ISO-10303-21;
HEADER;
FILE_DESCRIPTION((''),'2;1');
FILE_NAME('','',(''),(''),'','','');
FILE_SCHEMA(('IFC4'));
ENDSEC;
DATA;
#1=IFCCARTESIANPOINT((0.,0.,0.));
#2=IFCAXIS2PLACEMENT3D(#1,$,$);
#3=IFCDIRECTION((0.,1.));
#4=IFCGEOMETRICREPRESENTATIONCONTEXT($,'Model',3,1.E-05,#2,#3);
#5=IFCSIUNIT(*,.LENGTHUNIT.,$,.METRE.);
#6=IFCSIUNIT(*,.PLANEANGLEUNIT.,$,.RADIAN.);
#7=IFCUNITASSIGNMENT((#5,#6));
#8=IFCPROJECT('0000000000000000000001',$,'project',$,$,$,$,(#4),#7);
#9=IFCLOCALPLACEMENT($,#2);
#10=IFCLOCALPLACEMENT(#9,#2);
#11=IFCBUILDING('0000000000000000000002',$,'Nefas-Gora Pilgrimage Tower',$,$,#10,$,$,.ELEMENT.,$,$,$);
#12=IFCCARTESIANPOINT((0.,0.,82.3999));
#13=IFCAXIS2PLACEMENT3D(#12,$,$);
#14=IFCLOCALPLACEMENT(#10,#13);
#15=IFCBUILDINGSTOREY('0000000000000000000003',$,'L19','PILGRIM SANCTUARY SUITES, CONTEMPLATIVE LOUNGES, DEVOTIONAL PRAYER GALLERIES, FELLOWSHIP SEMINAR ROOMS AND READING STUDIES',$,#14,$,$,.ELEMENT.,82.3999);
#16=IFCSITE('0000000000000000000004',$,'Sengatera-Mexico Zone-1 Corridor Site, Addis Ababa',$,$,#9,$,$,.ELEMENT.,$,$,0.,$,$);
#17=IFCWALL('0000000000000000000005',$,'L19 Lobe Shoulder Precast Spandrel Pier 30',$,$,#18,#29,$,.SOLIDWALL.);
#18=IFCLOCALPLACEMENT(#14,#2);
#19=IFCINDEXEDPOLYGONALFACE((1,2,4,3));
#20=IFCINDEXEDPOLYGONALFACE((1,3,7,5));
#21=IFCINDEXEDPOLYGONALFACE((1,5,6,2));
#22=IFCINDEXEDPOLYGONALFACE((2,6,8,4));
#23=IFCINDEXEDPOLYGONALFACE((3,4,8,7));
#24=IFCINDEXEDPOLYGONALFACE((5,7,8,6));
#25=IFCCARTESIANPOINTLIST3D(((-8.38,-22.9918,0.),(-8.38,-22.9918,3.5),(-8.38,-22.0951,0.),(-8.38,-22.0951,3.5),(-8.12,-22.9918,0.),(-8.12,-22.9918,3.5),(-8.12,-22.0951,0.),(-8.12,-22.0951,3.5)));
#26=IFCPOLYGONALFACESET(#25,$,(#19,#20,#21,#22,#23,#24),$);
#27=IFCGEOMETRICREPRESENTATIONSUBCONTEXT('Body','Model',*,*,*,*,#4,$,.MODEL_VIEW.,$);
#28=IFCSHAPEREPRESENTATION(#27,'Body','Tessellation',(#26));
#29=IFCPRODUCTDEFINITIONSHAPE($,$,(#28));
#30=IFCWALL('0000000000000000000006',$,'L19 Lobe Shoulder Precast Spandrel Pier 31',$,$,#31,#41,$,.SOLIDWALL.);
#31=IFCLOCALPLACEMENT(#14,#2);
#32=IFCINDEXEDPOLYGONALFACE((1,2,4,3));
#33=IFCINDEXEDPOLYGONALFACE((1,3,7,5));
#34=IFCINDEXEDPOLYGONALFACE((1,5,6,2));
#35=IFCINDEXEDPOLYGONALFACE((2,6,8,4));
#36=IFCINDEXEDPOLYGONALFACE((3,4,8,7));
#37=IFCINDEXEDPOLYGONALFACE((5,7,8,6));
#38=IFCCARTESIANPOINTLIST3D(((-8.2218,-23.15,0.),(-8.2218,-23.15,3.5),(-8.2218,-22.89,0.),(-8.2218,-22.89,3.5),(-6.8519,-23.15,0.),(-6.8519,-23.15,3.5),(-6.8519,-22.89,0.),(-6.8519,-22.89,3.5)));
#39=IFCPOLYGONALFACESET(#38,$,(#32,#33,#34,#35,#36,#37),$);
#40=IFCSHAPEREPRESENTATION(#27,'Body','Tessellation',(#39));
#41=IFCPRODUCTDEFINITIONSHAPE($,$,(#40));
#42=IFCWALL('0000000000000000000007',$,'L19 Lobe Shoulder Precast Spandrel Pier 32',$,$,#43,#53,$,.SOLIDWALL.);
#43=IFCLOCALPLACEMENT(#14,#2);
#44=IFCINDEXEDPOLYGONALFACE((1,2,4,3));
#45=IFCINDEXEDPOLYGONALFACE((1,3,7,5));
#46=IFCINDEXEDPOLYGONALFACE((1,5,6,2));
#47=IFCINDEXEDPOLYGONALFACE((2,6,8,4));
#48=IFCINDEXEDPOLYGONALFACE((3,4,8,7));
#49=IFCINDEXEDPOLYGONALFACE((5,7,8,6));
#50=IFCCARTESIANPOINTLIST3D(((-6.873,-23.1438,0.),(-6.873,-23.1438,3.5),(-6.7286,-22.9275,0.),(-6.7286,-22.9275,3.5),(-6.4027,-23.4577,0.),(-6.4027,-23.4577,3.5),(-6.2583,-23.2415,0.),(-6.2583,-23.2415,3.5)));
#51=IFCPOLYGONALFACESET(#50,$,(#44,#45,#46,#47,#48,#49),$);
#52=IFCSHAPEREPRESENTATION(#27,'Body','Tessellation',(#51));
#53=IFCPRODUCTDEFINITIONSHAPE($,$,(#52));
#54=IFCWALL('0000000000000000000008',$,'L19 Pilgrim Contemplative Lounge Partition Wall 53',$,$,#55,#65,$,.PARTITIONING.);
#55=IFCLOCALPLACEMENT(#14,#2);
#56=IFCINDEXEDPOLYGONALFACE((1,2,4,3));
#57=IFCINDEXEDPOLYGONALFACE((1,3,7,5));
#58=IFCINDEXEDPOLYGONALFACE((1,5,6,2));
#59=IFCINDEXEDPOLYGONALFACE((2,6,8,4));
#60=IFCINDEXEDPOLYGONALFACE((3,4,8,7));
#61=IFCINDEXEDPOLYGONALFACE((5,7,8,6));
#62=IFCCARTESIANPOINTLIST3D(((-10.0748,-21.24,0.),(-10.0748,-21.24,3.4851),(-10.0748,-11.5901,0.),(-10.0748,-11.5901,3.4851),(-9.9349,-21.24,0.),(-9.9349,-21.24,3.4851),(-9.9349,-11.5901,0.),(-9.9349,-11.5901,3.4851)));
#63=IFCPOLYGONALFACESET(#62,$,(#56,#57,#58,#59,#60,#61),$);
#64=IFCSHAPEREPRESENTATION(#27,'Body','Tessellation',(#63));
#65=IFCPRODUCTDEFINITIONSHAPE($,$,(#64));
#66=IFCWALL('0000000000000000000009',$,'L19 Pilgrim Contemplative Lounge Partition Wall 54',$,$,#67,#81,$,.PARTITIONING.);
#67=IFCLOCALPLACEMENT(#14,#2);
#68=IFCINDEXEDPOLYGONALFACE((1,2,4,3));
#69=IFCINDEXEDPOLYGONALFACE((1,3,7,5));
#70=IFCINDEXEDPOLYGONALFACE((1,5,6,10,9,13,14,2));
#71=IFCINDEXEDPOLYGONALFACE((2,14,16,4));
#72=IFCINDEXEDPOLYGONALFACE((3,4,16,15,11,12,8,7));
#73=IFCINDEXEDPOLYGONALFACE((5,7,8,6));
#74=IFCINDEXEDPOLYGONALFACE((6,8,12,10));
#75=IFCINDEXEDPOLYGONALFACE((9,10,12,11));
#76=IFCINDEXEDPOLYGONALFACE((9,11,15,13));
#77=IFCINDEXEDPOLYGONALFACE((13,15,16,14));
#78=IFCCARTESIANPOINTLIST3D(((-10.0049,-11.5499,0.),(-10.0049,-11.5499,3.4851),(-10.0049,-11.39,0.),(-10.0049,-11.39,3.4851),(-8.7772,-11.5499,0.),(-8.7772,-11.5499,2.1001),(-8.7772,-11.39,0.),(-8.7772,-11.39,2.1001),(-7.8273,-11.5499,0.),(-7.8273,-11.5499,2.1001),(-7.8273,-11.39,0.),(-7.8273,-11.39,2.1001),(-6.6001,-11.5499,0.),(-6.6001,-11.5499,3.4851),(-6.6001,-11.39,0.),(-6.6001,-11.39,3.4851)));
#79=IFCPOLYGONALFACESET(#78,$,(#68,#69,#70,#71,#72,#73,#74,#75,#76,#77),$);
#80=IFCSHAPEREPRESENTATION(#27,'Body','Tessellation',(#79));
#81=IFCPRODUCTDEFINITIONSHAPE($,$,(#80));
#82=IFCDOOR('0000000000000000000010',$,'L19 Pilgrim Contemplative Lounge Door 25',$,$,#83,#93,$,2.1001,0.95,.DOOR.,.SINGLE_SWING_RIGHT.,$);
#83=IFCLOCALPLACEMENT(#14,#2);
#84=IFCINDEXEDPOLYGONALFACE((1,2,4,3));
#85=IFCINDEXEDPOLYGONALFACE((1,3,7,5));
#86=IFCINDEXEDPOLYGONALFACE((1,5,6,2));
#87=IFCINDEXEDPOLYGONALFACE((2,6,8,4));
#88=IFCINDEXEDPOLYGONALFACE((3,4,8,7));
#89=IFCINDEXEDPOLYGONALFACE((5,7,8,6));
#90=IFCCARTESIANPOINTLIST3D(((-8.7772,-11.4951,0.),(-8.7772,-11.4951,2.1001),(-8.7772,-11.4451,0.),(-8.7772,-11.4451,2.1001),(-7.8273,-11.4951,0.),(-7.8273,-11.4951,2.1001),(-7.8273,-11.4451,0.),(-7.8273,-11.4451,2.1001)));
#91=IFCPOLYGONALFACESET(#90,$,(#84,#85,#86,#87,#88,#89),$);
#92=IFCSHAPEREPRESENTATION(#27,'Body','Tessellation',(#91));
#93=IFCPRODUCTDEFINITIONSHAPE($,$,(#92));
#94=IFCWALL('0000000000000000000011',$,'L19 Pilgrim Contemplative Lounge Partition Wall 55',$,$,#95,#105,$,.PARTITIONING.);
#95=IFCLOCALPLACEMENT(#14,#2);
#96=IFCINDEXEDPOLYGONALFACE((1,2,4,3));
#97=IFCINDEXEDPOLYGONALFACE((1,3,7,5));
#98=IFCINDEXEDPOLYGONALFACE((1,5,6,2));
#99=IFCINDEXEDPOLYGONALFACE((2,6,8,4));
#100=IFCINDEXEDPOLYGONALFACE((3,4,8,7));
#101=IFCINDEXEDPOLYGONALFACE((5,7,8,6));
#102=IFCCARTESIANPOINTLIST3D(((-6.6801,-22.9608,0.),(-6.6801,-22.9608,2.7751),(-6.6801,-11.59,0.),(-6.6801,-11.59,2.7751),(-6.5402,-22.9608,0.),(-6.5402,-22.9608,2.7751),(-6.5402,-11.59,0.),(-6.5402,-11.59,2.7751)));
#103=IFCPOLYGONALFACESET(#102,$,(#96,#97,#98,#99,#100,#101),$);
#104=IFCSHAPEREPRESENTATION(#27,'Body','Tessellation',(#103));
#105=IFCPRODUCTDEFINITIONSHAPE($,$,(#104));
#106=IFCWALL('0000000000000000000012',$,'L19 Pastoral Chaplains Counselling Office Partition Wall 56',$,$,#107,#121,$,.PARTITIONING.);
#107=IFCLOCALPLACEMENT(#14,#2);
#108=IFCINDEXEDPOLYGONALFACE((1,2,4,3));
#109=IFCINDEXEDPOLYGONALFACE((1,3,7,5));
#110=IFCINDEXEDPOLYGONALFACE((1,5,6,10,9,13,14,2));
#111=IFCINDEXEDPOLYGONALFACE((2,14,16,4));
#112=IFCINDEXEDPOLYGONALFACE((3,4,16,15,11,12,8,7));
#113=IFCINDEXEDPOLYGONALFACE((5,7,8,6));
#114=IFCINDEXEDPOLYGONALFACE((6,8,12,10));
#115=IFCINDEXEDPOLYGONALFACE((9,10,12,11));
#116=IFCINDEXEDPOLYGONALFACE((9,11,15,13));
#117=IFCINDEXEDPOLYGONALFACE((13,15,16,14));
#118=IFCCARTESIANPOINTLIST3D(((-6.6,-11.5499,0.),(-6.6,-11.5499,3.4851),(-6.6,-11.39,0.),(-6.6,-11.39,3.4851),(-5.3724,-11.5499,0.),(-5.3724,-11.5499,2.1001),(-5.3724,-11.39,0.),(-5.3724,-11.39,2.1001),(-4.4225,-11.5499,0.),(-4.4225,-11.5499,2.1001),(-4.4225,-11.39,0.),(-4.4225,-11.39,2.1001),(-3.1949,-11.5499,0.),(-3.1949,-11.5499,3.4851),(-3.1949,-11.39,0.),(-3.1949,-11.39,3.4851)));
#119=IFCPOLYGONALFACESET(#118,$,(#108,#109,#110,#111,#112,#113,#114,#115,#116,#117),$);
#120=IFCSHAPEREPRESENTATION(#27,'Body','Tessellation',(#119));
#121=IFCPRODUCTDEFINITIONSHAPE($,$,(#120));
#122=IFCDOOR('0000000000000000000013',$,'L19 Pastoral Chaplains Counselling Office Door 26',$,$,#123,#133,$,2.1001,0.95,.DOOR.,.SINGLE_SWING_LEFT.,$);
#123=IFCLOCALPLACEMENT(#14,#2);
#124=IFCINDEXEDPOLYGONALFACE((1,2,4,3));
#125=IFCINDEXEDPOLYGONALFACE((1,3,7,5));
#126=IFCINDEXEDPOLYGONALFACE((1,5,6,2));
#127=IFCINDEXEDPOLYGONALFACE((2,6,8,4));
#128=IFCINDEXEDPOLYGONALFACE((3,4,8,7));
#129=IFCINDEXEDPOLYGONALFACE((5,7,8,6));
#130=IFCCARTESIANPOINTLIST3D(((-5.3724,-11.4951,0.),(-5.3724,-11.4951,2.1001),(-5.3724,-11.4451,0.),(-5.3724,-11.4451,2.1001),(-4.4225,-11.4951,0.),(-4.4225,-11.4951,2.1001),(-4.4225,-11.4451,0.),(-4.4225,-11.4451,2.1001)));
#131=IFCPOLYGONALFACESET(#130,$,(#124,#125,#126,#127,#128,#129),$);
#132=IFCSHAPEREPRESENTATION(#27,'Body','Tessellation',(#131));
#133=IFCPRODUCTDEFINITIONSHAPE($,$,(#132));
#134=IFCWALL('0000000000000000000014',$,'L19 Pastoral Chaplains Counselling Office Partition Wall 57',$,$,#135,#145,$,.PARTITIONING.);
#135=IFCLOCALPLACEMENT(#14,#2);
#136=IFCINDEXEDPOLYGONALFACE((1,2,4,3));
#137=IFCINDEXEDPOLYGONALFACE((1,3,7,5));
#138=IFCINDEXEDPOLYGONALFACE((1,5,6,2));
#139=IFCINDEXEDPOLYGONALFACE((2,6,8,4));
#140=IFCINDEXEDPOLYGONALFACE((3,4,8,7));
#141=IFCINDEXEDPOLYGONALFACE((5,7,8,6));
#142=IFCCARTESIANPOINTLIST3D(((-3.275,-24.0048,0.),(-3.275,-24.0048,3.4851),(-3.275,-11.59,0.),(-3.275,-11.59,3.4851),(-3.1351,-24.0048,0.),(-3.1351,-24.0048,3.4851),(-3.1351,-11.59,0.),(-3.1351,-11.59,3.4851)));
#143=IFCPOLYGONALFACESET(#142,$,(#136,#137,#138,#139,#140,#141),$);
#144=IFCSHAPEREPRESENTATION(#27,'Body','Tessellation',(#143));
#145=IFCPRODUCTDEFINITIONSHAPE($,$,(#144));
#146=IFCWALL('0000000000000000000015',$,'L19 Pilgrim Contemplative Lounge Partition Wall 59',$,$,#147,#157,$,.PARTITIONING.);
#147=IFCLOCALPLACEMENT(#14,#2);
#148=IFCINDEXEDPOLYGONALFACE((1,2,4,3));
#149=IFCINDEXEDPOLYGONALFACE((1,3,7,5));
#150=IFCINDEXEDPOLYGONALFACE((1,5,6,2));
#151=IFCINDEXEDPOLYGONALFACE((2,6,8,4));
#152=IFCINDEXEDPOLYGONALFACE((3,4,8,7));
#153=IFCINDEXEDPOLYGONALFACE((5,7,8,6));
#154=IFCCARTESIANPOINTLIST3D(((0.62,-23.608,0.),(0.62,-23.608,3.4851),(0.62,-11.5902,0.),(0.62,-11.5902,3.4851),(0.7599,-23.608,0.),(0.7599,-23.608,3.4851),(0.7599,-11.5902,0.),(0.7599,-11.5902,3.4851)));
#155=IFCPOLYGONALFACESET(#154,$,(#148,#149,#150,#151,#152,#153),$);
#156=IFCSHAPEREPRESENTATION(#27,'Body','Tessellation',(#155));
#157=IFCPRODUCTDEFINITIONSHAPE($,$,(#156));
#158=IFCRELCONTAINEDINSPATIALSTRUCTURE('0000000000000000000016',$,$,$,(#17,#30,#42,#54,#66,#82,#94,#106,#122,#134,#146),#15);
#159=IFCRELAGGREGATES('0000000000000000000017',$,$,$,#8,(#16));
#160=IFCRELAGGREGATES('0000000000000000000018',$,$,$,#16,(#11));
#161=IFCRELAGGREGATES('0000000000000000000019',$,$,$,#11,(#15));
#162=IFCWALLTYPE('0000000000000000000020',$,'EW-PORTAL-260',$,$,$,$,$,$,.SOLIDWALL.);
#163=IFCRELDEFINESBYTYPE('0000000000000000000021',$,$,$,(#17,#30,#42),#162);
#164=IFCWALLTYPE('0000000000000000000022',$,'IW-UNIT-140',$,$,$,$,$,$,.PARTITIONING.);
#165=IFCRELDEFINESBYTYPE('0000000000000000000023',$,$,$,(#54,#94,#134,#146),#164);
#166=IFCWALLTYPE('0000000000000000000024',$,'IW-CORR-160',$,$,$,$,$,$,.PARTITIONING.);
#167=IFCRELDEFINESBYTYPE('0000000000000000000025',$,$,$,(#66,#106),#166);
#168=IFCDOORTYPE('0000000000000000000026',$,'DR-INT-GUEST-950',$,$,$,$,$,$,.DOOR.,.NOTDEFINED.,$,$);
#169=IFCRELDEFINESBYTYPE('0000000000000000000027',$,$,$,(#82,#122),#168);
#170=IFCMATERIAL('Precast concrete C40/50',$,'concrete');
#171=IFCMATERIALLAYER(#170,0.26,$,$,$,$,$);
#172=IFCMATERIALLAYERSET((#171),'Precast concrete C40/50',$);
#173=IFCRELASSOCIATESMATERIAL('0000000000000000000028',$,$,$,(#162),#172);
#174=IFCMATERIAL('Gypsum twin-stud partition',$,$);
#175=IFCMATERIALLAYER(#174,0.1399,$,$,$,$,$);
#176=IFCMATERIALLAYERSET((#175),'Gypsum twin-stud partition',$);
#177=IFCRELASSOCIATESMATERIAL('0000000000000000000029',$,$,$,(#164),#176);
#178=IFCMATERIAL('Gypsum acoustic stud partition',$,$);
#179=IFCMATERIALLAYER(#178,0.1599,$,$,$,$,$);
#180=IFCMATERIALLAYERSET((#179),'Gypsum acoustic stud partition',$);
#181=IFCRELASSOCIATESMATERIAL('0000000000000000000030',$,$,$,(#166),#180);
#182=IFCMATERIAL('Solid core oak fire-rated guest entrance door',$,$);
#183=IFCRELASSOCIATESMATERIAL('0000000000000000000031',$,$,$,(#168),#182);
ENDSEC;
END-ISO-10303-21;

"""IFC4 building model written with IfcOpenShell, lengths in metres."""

from ifc_helpers import new_model, si_unit, direction, frame, frame_2d, origin, place, context, subcontext, project, spatial, rectangle, extrude, source, transform, mapped, material, layer, layer_set, type_object, element, fill, save


model = new_model("IFC4")

# Units and contexts
model_context = context("Model", 3, precision=1e-05, world=origin(), true_north=direction((0.0, 1.0)))
body_context = subcontext(model_context, "Body", "Model", "MODEL_VIEW")
ifc_project = project(units=[si_unit("LENGTHUNIT", "METRE"), si_unit("PLANEANGLEUNIT", "RADIAN")], contexts=[model_context])

# Site, building, storey
site_placement = place(None, origin())
site = spatial("IfcSite", under=ifc_project, at=site_placement, Name="Sengatera-Mexico Zone-1 Corridor Site, Addis Ababa", CompositionType="ELEMENT", RefElevation=0.0)
building_placement = place(site_placement, origin())
building = spatial("IfcBuilding", under=site, at=building_placement, Name="Nefas-Gora Pilgrimage Tower", CompositionType="ELEMENT")
storey_placement = place(building_placement, frame((0.0, 0.0, 82.3999)))
storey = spatial("IfcBuildingStorey", under=building, at=storey_placement, Name="L19", Description="PILGRIM SANCTUARY SUITES, CONTEMPLATIVE LOUNGES, DEVOTIONAL PRAYER GALLERIES, FELLOWSHIP SEMINAR ROOMS AND READING STUDIES", CompositionType="ELEMENT", Elevation=82.3999)

# Walls
ifc_material_1 = material(Name="Precast concrete C40/50", Category="concrete")
ifc_layer_1 = layer(ifc_material_1, 0.26)
ifc_layer_set_1 = layer_set([ifc_layer_1], Name="Precast concrete C40/50")
wall_type_1 = type_object("IfcWallType", Name="EW-PORTAL-260", PredefinedType="SOLIDWALL", material=ifc_layer_set_1)
shared_shape_1 = source(origin(), body_context, "Body", "SweptSolid", [
    extrude(rectangle(XDim=0.8967, YDim=0.26, at=frame_2d((0.4482, 0.0))), origin(), (0.0, 0.0, 1.0), 3.5),
])
wall_1_placement = place(storey_placement, frame((-8.25, -22.0952, 0.0), z_axis=(0.0, 0.0, 1.0), x_axis=(0.0, -1.0, 0.0)))
element("IfcWall", 1, at=wall_1_placement, inside=storey, type_object=wall_type_1, Name="L19 Lobe Shoulder Precast Spandrel Pier 30", PredefinedType="SOLIDWALL", context=body_context, shape_type="MappedRepresentation", body=[
    mapped(shared_shape_1, transform((0.0, 0.0, 0.0), x_axis=(1.0, 0.0, 0.0), y_axis=(0.0, 1.0, 0.0), z_axis=(0.0, 0.0, 1.0), scale=1.0)),
])
shared_shape_2 = source(origin(), body_context, "Body", "SweptSolid", [
    extrude(rectangle(XDim=1.3699, YDim=0.26, at=frame_2d((0.6851, 0.0))), origin(), (0.0, 0.0, 1.0), 3.5),
])
wall_2_placement = place(storey_placement, frame((-8.2219, -23.02, 0.0), z_axis=(0.0, 0.0, 1.0), x_axis=(1.0, 0.0, 0.0)))
element("IfcWall", 2, at=wall_2_placement, inside=storey, type_object=wall_type_1, Name="L19 Lobe Shoulder Precast Spandrel Pier 31", PredefinedType="SOLIDWALL", context=body_context, shape_type="MappedRepresentation", body=[
    mapped(shared_shape_2, transform((0.0, 0.0, 0.0), x_axis=(1.0, 0.0, 0.0), y_axis=(0.0, 1.0, 0.0), z_axis=(0.0, 0.0, 1.0), scale=1.0)),
])
shared_shape_3 = source(origin(), body_context, "Body", "SweptSolid", [
    extrude(rectangle(XDim=0.5654, YDim=0.26, at=frame_2d((0.2827, 0.0))), origin(), (0.0, 0.0, 1.0), 3.5),
])
wall_3_placement = place(storey_placement, frame((-6.8008, -23.0356, 0.0), z_axis=(0.0, 0.0, 1.0), x_axis=(0.831651, -0.555298, 0.0)))
element("IfcWall", 3, at=wall_3_placement, inside=storey, type_object=wall_type_1, Name="L19 Lobe Shoulder Precast Spandrel Pier 32", PredefinedType="SOLIDWALL", context=body_context, shape_type="MappedRepresentation", body=[
    mapped(shared_shape_3, transform((0.0, 0.0, 0.0), x_axis=(1.0, 0.0, 0.0), y_axis=(0.0, 1.0, 0.0), z_axis=(0.0, 0.0, 1.0), scale=1.0)),
])
ifc_material_2 = material(Name="Gypsum twin-stud partition")
ifc_layer_2 = layer(ifc_material_2, 0.1399)
ifc_layer_set_2 = layer_set([ifc_layer_2], Name="Gypsum twin-stud partition")
wall_type_2 = type_object("IfcWallType", Name="IW-UNIT-140", PredefinedType="PARTITIONING", material=ifc_layer_set_2)
shared_shape_4 = source(origin(), body_context, "Body", "SweptSolid", [
    extrude(rectangle(XDim=9.6499, YDim=0.1399, at=frame_2d((4.825, 0.0))), origin(), (0.0, 0.0, 1.0), 3.4851),
])
wall_4_placement = place(storey_placement, frame((-10.0049, -21.24, 0.0), z_axis=(0.0, 0.0, 1.0), x_axis=(0.0, 1.0, 0.0)))
element("IfcWall", 4, at=wall_4_placement, inside=storey, type_object=wall_type_2, Name="L19 Pilgrim Contemplative Lounge Partition Wall 53", PredefinedType="PARTITIONING", context=body_context, shape_type="MappedRepresentation", body=[
    mapped(shared_shape_4, transform((0.0, 0.0, 0.0), x_axis=(1.0, 0.0, 0.0), y_axis=(0.0, 1.0, 0.0), z_axis=(0.0, 0.0, 1.0), scale=1.0)),
])

# Wall, opening, door
ifc_material_3 = material(Name="Gypsum acoustic stud partition")
ifc_layer_3 = layer(ifc_material_3, 0.1599)
ifc_layer_set_3 = layer_set([ifc_layer_3], Name="Gypsum acoustic stud partition")
wall_type_3 = type_object("IfcWallType", Name="IW-CORR-160", PredefinedType="PARTITIONING", material=ifc_layer_set_3)
shared_shape_5 = source(origin(), body_context, "Body", "SweptSolid", [
    extrude(rectangle(XDim=3.4048, YDim=0.1599, at=frame_2d((1.7024, 0.0))), origin(), (0.0, 0.0, 1.0), 3.4851),
])
wall_5_placement = place(storey_placement, frame((-10.0049, -11.47, 0.0), z_axis=(0.0, 0.0, 1.0), x_axis=(1.0, 0.0, 0.0)))
wall_5 = element("IfcWall", 5, at=wall_5_placement, inside=storey, type_object=wall_type_3, Name="L19 Pilgrim Contemplative Lounge Partition Wall 54", PredefinedType="PARTITIONING", context=body_context, shape_type="MappedRepresentation", body=[
    mapped(shared_shape_5, transform((0.0, 0.0, 0.0), x_axis=(1.0, 0.0, 0.0), y_axis=(0.0, 1.0, 0.0), z_axis=(0.0, 0.0, 1.0), scale=1.0)),
])
opening_1_placement = place(wall_5_placement, frame((1.2275, 0.0, 0.0)))
opening_1 = element("IfcOpeningElement", 6, at=opening_1_placement, cuts=wall_5, PredefinedType="OPENING", context=body_context, shape_type="SweptSolid", body=[
    extrude(rectangle(XDim=0.95, YDim=2.1001, at=frame_2d((0.4751, 1.05))), frame((0.0, 0.0898, 0.0), z_axis=(0.0, -1.0, 0.0), x_axis=(1.0, 0.0, 0.0)), (0.0, 0.0, 1.0), 0.1799),
])
ifc_material_4 = material(Name="Solid core oak fire-rated guest entrance door")
door_type = type_object("IfcDoorType", Name="DR-INT-GUEST-950", OperationType="NOTDEFINED", PredefinedType="DOOR", material=ifc_material_4)
shared_shape_6 = source(origin(), body_context, "Body", "SweptSolid", [
    extrude(rectangle(XDim=0.95, YDim=2.1001, at=frame_2d((0.4751, 1.05))), frame((0.0, 0.0249, 0.0), z_axis=(0.0, -1.0, 0.0), x_axis=(1.0, 0.0, 0.0)), (0.0, 0.0, 1.0), 0.05),
])
door_1_placement = place(opening_1_placement, origin())
door_1 = element("IfcDoor", 7, at=door_1_placement, inside=storey, type_object=door_type, Name="L19 Pilgrim Contemplative Lounge Door 25", OperationType="SINGLE_SWING_RIGHT", OverallHeight=2.1001, OverallWidth=0.95, PredefinedType="DOOR", context=body_context, shape_type="MappedRepresentation", body=[
    mapped(shared_shape_6, transform((0.0, 0.0, 0.0), x_axis=(1.0, 0.0, 0.0), y_axis=(0.0, 1.0, 0.0), z_axis=(0.0, 0.0, 1.0), scale=1.0)),
])
fill(opening_1, door_1)

# Wall
shared_shape_7 = source(origin(), body_context, "Body", "SweptSolid", [
    extrude(rectangle(XDim=11.3708, YDim=0.1399, at=frame_2d((5.6855, 0.0))), origin(), (0.0, 0.0, 1.0), 2.7751),
])
wall_6_placement = place(storey_placement, frame((-6.6101, -22.9609, 0.0), z_axis=(0.0, 0.0, 1.0), x_axis=(0.0, 1.0, 0.0)))
element("IfcWall", 8, at=wall_6_placement, inside=storey, type_object=wall_type_2, Name="L19 Pilgrim Contemplative Lounge Partition Wall 55", PredefinedType="PARTITIONING", context=body_context, shape_type="MappedRepresentation", body=[
    mapped(shared_shape_7, transform((0.0, 0.0, 0.0), x_axis=(1.0, 0.0, 0.0), y_axis=(0.0, 1.0, 0.0), z_axis=(0.0, 0.0, 1.0), scale=1.0)),
])

# Wall, opening, door
shared_shape_8 = source(origin(), body_context, "Body", "SweptSolid", [
    extrude(rectangle(XDim=3.405, YDim=0.1599, at=frame_2d((1.7026, 0.0))), origin(), (0.0, 0.0, 1.0), 3.4851),
])
wall_7_placement = place(storey_placement, frame((-6.6001, -11.47, 0.0), z_axis=(0.0, 0.0, 1.0), x_axis=(1.0, 0.0, 0.0)))
wall_7 = element("IfcWall", 9, at=wall_7_placement, inside=storey, type_object=wall_type_3, Name="L19 Pastoral Chaplains Counselling Office Partition Wall 56", PredefinedType="PARTITIONING", context=body_context, shape_type="MappedRepresentation", body=[
    mapped(shared_shape_8, transform((0.0, 0.0, 0.0), x_axis=(1.0, 0.0, 0.0), y_axis=(0.0, 1.0, 0.0), z_axis=(0.0, 0.0, 1.0), scale=1.0)),
])
opening_2_placement = place(wall_7_placement, frame((1.2275, 0.0, 0.0)))
opening_2 = element("IfcOpeningElement", 10, at=opening_2_placement, cuts=wall_7, PredefinedType="OPENING", context=body_context, shape_type="SweptSolid", body=[
    extrude(rectangle(XDim=0.95, YDim=2.1001, at=frame_2d((0.4751, 1.05))), frame((0.0, 0.0898, 0.0), z_axis=(0.0, -1.0, 0.0), x_axis=(1.0, 0.0, 0.0)), (0.0, 0.0, 1.0), 0.1799),
])
door_2_placement = place(opening_2_placement, origin())
door_2 = element("IfcDoor", 11, at=door_2_placement, inside=storey, type_object=door_type, Name="L19 Pastoral Chaplains Counselling Office Door 26", OperationType="SINGLE_SWING_LEFT", OverallHeight=2.1001, OverallWidth=0.95, PredefinedType="DOOR", context=body_context, shape_type="MappedRepresentation", body=[
    mapped(shared_shape_6, transform((0.0, 0.0, 0.0), x_axis=(1.0, 0.0, 0.0), y_axis=(0.0, 1.0, 0.0), z_axis=(0.0, 0.0, 1.0), scale=1.0)),
])
fill(opening_2, door_2)

# Walls
shared_shape_9 = source(origin(), body_context, "Body", "SweptSolid", [
    extrude(rectangle(XDim=12.4148, YDim=0.1399, at=frame_2d((6.2075, 0.0))), origin(), (0.0, 0.0, 1.0), 3.4851),
])
wall_8_placement = place(storey_placement, frame((-3.2051, -24.0049, 0.0), z_axis=(0.0, 0.0, 1.0), x_axis=(0.0, 1.0, 0.0)))
element("IfcWall", 12, at=wall_8_placement, inside=storey, type_object=wall_type_2, Name="L19 Pastoral Chaplains Counselling Office Partition Wall 57", PredefinedType="PARTITIONING", context=body_context, shape_type="MappedRepresentation", body=[
    mapped(shared_shape_9, transform((0.0, 0.0, 0.0), x_axis=(1.0, 0.0, 0.0), y_axis=(0.0, 1.0, 0.0), z_axis=(0.0, 0.0, 1.0), scale=1.0)),
])
shared_shape_10 = source(origin(), body_context, "Body", "SweptSolid", [
    extrude(rectangle(XDim=12.0178, YDim=0.1399, at=frame_2d((6.0088, 0.0))), origin(), (0.0, 0.0, 1.0), 3.4851),
])
wall_9_placement = place(storey_placement, frame((0.6899, -23.6079, 0.0), z_axis=(0.0, 0.0, 1.0), x_axis=(0.0, 1.0, 0.0)))
element("IfcWall", 13, at=wall_9_placement, inside=storey, type_object=wall_type_2, Name="L19 Pilgrim Contemplative Lounge Partition Wall 59", PredefinedType="PARTITIONING", context=body_context, shape_type="MappedRepresentation", body=[
    mapped(shared_shape_10, transform((0.0, 0.0, 0.0), x_axis=(1.0, 0.0, 0.0), y_axis=(0.0, 1.0, 0.0), z_axis=(0.0, 0.0, 1.0), scale=1.0)),
])

save(model, "model.ifc")
